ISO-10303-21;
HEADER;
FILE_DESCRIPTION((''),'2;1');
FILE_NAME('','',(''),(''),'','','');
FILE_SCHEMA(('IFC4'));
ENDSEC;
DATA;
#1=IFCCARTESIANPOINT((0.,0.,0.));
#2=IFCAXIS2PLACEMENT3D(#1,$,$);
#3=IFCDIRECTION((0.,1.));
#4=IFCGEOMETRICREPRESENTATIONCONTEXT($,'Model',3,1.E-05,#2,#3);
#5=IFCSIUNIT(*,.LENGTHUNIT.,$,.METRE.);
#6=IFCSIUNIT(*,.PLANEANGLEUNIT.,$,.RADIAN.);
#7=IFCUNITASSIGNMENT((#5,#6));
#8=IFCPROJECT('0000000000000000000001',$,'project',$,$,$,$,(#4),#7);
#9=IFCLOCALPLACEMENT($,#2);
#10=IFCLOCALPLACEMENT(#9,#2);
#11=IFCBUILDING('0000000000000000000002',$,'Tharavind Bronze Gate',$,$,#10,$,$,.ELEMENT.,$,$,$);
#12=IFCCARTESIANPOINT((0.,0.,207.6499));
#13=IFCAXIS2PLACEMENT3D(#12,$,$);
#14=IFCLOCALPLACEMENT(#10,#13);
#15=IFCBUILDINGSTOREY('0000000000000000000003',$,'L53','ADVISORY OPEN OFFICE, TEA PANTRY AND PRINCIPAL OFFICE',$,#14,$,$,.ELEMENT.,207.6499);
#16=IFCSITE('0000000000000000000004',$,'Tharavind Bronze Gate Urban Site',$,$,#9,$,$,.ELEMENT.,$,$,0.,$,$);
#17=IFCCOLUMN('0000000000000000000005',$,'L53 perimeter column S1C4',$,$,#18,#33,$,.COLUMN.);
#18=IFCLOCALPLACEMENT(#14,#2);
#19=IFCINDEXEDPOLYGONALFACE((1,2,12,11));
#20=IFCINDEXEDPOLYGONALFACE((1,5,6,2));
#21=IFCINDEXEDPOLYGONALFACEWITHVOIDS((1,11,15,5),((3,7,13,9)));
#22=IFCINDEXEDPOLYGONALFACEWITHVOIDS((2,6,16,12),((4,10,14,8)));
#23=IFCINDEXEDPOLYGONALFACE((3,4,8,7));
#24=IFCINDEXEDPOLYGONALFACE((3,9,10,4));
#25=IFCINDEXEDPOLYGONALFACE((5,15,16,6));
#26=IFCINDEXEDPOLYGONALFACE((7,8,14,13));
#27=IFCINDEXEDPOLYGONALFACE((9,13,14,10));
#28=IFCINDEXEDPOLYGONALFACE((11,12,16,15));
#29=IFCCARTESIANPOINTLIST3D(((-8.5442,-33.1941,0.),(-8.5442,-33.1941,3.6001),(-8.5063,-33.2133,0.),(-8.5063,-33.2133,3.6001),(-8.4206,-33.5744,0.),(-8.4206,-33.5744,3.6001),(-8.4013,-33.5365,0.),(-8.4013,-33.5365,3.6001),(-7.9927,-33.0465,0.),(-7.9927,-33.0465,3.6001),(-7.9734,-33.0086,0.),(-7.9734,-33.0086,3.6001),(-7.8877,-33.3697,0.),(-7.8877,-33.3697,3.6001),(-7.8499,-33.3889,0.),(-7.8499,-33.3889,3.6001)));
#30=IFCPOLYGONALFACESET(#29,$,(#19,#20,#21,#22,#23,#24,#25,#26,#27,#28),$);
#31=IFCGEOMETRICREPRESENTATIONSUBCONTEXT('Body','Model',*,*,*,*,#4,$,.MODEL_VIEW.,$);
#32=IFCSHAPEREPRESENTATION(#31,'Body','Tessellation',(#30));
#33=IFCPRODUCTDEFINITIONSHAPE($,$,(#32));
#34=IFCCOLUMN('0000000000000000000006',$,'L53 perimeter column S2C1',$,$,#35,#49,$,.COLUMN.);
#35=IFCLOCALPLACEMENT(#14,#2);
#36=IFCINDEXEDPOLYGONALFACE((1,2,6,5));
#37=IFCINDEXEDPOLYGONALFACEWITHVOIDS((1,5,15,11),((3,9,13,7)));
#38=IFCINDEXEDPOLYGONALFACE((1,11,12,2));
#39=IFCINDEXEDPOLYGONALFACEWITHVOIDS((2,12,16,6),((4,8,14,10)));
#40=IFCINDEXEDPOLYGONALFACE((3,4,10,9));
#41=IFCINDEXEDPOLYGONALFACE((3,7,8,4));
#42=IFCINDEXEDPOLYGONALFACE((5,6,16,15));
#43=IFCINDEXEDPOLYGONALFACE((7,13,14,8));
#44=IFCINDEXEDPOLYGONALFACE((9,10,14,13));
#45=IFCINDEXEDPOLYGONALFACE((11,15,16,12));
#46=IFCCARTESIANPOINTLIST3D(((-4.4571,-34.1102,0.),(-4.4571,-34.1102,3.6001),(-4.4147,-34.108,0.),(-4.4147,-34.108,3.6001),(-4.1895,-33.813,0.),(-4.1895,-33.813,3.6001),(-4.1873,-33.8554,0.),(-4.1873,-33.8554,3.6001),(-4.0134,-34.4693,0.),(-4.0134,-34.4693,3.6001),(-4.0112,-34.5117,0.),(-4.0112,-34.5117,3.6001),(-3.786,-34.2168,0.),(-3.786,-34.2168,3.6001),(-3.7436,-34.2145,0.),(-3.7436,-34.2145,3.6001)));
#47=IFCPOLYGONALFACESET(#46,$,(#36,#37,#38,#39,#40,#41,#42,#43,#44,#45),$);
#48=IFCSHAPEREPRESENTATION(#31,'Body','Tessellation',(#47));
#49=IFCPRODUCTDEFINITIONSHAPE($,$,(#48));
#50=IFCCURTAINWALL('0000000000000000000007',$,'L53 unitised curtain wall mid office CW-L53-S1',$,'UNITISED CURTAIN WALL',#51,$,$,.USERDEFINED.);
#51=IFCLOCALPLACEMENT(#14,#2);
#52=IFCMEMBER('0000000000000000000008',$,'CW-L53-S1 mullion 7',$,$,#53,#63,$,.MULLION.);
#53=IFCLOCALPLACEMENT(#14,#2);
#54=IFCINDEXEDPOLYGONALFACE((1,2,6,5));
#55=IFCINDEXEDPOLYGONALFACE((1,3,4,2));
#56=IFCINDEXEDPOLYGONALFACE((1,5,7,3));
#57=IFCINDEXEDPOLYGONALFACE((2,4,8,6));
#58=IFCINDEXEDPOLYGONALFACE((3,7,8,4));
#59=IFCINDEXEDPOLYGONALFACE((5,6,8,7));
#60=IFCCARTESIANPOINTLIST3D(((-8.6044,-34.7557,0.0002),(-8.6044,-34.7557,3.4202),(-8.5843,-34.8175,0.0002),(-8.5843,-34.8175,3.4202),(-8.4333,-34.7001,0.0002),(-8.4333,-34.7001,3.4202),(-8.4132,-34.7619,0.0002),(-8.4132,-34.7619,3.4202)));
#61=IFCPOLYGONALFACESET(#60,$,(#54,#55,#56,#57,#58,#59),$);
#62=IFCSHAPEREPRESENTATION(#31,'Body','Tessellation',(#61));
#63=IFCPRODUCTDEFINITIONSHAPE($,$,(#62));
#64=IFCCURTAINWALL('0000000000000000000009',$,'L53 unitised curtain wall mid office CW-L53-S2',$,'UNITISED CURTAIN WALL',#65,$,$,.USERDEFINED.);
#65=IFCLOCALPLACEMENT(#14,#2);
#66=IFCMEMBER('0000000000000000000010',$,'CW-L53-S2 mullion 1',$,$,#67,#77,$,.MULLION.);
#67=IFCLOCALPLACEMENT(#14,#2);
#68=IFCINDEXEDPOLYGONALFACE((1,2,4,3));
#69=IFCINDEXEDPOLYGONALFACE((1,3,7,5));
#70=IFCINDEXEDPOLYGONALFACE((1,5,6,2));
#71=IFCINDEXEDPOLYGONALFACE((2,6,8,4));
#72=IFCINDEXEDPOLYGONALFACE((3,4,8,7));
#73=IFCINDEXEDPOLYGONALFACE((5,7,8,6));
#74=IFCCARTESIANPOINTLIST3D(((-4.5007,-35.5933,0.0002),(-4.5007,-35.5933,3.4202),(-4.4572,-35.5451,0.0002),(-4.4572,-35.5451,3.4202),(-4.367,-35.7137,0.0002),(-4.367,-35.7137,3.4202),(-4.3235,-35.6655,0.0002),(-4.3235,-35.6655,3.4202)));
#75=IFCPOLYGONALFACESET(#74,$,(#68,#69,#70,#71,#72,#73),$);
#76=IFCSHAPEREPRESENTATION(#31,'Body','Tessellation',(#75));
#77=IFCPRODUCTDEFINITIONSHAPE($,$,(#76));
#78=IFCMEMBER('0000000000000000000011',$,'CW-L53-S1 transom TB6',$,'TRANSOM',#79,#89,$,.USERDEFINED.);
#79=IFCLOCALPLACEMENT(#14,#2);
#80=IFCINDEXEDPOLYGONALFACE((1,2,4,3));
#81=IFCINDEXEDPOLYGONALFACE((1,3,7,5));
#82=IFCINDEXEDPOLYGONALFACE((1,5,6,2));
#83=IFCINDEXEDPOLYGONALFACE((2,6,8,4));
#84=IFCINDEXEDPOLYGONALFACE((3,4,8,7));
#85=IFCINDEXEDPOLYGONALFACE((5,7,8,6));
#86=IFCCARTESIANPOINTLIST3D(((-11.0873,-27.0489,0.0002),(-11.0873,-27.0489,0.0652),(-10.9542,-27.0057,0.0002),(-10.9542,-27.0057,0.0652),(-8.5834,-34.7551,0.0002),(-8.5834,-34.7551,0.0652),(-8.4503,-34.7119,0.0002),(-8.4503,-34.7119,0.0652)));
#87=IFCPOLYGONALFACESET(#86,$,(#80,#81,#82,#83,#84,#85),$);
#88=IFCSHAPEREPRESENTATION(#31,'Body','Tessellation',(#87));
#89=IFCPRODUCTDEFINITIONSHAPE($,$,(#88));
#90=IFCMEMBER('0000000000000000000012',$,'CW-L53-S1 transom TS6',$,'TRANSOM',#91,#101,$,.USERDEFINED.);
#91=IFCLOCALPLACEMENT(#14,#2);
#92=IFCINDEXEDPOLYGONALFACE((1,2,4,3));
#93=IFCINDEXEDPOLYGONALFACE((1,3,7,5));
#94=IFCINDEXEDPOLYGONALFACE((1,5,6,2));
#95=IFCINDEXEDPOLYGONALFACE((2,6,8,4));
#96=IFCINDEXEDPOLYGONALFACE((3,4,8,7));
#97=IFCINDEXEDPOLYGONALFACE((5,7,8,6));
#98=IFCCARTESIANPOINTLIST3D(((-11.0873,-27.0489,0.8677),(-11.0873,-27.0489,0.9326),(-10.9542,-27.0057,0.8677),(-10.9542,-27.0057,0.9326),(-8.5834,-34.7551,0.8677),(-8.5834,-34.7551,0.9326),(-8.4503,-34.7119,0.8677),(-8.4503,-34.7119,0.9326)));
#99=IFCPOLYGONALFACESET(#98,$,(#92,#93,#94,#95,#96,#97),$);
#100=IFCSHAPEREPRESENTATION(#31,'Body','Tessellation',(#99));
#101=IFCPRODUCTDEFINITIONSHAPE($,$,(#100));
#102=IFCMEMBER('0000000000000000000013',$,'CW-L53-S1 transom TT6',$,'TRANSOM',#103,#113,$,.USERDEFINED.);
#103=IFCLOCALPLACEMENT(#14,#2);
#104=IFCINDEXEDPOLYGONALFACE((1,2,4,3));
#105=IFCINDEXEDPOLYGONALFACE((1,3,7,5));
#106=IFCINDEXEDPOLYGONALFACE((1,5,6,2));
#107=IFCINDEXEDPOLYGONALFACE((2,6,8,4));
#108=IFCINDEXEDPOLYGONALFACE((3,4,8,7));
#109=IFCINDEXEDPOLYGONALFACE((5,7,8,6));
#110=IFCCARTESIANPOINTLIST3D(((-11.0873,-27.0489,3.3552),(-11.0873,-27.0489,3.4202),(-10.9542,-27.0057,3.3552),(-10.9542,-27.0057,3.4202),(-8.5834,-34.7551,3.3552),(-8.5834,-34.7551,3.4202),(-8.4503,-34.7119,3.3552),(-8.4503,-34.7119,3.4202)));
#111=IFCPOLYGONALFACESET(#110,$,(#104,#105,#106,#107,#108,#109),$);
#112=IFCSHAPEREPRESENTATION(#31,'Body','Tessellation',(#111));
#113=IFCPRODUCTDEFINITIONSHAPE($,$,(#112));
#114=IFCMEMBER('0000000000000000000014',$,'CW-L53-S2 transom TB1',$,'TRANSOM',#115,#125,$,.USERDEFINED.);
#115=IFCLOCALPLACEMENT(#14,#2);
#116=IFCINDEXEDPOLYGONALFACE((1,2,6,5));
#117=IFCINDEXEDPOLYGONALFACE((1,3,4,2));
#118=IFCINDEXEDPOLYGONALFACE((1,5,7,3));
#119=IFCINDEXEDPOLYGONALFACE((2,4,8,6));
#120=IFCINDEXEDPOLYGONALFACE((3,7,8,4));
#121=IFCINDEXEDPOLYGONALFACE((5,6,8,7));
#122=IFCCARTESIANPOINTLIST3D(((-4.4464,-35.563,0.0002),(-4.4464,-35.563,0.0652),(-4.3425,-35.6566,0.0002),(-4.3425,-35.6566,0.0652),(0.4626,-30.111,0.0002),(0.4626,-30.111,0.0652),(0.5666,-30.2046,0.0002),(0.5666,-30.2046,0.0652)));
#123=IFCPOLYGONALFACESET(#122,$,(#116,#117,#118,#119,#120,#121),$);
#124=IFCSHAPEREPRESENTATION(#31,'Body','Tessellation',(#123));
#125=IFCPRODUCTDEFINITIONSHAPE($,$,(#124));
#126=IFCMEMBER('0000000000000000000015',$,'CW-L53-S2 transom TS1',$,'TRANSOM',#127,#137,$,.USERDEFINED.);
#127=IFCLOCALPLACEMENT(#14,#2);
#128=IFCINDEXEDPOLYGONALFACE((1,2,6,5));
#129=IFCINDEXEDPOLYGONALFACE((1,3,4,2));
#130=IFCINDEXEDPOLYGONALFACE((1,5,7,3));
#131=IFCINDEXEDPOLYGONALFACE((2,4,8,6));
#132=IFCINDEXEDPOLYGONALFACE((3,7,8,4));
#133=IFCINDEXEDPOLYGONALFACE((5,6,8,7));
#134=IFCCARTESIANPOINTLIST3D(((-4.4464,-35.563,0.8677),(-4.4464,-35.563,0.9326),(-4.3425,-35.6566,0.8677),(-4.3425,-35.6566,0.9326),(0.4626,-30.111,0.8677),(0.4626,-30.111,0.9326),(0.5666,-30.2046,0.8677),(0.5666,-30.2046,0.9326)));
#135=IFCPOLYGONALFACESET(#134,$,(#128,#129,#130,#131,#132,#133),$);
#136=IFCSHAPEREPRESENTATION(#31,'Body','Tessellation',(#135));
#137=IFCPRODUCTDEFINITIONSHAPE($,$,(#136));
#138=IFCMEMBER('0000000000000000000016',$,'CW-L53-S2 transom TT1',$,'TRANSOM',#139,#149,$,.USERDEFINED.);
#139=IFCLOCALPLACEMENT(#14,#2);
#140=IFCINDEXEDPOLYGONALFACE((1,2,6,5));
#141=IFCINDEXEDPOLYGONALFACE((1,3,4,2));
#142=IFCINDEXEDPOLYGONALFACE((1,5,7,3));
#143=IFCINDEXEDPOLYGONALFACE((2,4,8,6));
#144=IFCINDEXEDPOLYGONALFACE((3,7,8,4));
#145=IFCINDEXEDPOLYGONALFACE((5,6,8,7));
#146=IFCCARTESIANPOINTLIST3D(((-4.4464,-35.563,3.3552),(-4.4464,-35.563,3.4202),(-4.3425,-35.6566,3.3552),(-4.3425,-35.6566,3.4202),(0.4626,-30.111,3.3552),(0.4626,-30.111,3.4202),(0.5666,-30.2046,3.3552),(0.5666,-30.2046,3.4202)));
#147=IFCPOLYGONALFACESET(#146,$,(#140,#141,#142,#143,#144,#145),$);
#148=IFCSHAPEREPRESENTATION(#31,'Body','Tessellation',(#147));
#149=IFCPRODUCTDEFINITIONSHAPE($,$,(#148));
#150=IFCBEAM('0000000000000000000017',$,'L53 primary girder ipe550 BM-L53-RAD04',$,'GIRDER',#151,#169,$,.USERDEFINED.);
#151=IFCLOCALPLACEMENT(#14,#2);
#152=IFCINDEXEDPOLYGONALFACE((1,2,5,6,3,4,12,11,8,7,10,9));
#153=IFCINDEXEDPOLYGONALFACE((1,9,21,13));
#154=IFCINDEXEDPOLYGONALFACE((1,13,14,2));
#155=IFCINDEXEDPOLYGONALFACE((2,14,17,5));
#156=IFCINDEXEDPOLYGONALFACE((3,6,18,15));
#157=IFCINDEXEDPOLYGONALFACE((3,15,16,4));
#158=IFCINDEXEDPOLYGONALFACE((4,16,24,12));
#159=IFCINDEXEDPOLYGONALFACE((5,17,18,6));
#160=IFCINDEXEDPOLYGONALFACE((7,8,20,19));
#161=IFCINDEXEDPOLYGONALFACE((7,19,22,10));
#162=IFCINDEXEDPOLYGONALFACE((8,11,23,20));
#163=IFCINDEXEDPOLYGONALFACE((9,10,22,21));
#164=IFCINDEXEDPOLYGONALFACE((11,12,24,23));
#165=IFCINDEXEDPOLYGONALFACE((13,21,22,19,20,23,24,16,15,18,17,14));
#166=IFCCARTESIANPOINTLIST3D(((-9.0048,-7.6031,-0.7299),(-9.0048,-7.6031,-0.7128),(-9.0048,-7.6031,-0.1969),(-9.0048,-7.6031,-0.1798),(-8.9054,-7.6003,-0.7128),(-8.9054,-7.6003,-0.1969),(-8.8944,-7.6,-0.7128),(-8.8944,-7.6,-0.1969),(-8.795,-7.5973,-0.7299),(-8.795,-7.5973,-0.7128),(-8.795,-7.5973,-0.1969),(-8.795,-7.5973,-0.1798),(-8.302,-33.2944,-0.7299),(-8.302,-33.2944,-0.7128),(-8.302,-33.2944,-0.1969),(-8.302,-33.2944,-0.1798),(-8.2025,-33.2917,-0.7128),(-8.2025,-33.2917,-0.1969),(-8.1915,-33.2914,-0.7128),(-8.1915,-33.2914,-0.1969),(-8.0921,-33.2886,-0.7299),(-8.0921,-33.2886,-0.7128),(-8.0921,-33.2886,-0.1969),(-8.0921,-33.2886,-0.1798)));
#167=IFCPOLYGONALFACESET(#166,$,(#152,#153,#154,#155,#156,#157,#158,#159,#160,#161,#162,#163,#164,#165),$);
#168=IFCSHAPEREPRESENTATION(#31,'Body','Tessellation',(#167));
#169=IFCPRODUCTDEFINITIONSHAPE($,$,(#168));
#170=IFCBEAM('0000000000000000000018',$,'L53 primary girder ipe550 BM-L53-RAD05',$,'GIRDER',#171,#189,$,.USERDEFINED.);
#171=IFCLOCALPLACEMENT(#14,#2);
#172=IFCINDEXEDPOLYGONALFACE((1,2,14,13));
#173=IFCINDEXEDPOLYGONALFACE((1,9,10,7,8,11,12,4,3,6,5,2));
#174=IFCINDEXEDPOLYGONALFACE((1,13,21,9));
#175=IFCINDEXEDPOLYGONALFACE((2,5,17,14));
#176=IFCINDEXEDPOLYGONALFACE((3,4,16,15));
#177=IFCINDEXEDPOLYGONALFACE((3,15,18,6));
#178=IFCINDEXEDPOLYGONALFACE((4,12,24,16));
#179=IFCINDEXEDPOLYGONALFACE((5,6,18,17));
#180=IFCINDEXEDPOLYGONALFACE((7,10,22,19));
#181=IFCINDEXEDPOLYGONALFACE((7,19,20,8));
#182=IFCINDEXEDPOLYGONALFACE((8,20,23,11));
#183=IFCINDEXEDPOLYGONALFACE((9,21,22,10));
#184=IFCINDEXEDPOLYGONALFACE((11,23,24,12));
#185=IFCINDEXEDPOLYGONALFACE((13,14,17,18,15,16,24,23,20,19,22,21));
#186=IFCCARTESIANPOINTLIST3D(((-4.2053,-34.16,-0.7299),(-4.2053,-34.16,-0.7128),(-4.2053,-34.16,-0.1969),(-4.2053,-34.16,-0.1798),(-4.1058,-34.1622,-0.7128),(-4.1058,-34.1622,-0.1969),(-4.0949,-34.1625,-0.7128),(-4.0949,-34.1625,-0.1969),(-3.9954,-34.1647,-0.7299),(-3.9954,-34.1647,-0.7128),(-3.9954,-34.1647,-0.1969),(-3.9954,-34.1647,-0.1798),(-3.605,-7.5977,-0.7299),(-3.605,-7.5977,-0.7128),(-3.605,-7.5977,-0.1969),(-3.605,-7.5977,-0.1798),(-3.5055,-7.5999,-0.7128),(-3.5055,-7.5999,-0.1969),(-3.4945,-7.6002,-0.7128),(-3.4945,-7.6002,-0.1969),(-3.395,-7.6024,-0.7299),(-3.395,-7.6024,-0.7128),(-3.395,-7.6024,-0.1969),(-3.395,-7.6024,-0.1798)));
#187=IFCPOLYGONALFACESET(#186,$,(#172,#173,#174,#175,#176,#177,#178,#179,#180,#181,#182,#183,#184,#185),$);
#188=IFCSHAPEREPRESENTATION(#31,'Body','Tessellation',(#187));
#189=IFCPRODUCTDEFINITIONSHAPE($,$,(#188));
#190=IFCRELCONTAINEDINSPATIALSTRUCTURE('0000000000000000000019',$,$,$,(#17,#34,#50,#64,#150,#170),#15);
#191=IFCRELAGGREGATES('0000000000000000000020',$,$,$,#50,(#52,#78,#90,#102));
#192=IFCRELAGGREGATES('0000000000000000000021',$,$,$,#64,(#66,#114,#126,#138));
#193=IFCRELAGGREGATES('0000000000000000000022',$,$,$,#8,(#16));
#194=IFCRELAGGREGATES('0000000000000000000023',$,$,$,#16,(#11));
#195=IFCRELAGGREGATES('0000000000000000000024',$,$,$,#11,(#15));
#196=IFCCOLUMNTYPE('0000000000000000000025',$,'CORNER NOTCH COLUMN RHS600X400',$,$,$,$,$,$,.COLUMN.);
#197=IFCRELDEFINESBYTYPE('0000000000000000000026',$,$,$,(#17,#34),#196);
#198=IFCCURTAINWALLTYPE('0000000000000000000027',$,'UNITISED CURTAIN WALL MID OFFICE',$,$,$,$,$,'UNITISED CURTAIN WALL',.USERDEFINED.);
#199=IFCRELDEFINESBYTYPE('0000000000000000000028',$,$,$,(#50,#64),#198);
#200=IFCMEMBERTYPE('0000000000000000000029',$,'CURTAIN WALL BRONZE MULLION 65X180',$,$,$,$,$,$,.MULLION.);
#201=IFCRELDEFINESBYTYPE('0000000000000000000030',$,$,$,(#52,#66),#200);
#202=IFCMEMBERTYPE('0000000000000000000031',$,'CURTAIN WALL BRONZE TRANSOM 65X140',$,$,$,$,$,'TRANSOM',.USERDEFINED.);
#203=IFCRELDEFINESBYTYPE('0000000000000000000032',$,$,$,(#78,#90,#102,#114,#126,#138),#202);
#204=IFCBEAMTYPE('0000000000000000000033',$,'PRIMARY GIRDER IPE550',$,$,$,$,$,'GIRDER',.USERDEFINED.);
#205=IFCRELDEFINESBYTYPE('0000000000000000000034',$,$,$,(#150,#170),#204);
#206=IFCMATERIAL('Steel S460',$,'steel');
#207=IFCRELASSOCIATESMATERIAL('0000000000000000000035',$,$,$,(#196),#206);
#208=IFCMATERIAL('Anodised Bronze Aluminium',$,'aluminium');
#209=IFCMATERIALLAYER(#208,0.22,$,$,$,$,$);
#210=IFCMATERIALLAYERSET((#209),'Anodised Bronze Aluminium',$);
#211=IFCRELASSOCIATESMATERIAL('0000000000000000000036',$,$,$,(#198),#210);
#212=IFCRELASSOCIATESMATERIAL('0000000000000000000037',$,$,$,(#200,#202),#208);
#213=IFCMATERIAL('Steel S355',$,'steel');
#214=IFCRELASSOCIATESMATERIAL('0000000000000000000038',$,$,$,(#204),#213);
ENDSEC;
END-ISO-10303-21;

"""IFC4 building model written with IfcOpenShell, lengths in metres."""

from ifc_helpers import new_model, si_unit, direction, frame, origin, origin_2d, place, context, subcontext, project, spatial, rectangle, hollow_rectangle, i_section, extrude, material, layer, layer_set, material_profile, profile_set, type_object, element, aggregate, save


model = new_model("IFC4")

# Units and contexts
model_context = context("Model", 3, precision=1e-05, world=origin(), true_north=direction((0.0, 1.0)))
body_context = subcontext(model_context, "Body", "Model", "MODEL_VIEW")
ifc_project = project(units=[si_unit("LENGTHUNIT", "METRE"), si_unit("PLANEANGLEUNIT", "RADIAN")], contexts=[model_context])

# Site, building, storey
site_placement = place(None, origin())
site = spatial("IfcSite", under=ifc_project, at=site_placement, Name="Tharavind Bronze Gate Urban Site", CompositionType="ELEMENT", RefElevation=0.0)
building_placement = place(site_placement, origin())
building = spatial("IfcBuilding", under=site, at=building_placement, Name="Tharavind Bronze Gate", CompositionType="ELEMENT")
storey_placement = place(building_placement, frame((0.0, 0.0, 207.6499)))
storey = spatial("IfcBuildingStorey", under=building, at=storey_placement, Name="L53", Description="ADVISORY OPEN OFFICE, TEA PANTRY AND PRINCIPAL OFFICE", CompositionType="ELEMENT", Elevation=207.6499)

# Columns
ifc_material_1 = material(Name="Steel S460", Category="steel")
ifc_material_profile_1 = material_profile(ifc_material_1, hollow_rectangle(XDim=0.3999, YDim=0.6001, WallThickness=0.03, at=origin_2d()), Name="RHS600X400X30")
ifc_profile_set_1 = profile_set([ifc_material_profile_1], Name="Steel S460")
column_type = type_object("IfcColumnType", Name="CORNER NOTCH COLUMN RHS600X400", PredefinedType="COLUMN", material=ifc_profile_set_1)
for number, where, z_axis, x_axis, name in (
    (1, (-8.197, -33.2915, 0.0), (0.0, 0.0, 1.0), (-0.309017, 0.951057, 0.0), "L53 perimeter column S1C4"),
    (2, (-4.1003, -34.1624, 0.0), (0.0, 0.0, 1.0), (0.669131, 0.743145, 0.0), "L53 perimeter column S2C1"),
):
    element("IfcColumn", number, at=place(storey_placement, frame(where, z_axis=z_axis, x_axis=x_axis)), inside=storey, type_object=column_type, Name=name, PredefinedType="COLUMN", context=body_context, shape_type="SweptSolid", body=[
        extrude(hollow_rectangle(XDim=0.3999, YDim=0.6001, WallThickness=0.03, at=origin_2d()), origin(), (0.0, 0.0, 1.0), 3.6001),
    ])

# Curtain walls, members
ifc_material_2 = material(Name="Anodised Bronze Aluminium", Category="aluminium")
ifc_layer_1 = layer(ifc_material_2, 0.22)
ifc_layer_set_1 = layer_set([ifc_layer_1], Name="Anodised Bronze Aluminium")
curtain_wall_type = type_object("IfcCurtainWallType", Name="UNITISED CURTAIN WALL MID OFFICE", ElementType="UNITISED CURTAIN WALL", PredefinedType="USERDEFINED", material=ifc_layer_set_1)
curtain_wall_1_placement = place(storey_placement, origin())
curtain_wall_1 = element("IfcCurtainWall", 3, at=curtain_wall_1_placement, inside=storey, type_object=curtain_wall_type, Name="L53 unitised curtain wall mid office CW-L53-S1", ObjectType="UNITISED CURTAIN WALL", PredefinedType="USERDEFINED")
member_type_1 = type_object("IfcMemberType", Name="CURTAIN WALL BRONZE MULLION 65X180", PredefinedType="MULLION", material=ifc_material_2)
member_1_placement = place(storey_placement, frame((-8.5088, -34.7588, 0.0002), z_axis=(0.0, 0.0, 1.0), x_axis=(0.309017, -0.951057, 0.0)))
member_1 = element("IfcMember", 4, at=member_1_placement, type_object=member_type_1, Name="CW-L53-S1 mullion 7", PredefinedType="MULLION", context=body_context, shape_type="SweptSolid", body=[
    extrude(rectangle(XDim=0.0649, YDim=0.1799, at=origin_2d()), origin(), (0.0, 0.0, 1.0), 3.4199),
])
curtain_wall_2_placement = place(storey_placement, origin())
curtain_wall_2 = element("IfcCurtainWall", 5, at=curtain_wall_2_placement, inside=storey, type_object=curtain_wall_type, Name="L53 unitised curtain wall mid office CW-L53-S2", ObjectType="UNITISED CURTAIN WALL", PredefinedType="USERDEFINED")
member_2_placement = place(storey_placement, frame((-4.4121, -35.6294, 0.0002), z_axis=(0.0, 0.0, 1.0), x_axis=(0.669131, 0.743145, 0.0)))
member_2 = element("IfcMember", 6, at=member_2_placement, type_object=member_type_1, Name="CW-L53-S2 mullion 1", PredefinedType="MULLION", context=body_context, shape_type="SweptSolid", body=[
    extrude(rectangle(XDim=0.0649, YDim=0.1799, at=origin_2d()), origin(), (0.0, 0.0, 1.0), 3.4199),
])

# Members
member_type_2 = type_object("IfcMemberType", Name="CURTAIN WALL BRONZE TRANSOM 65X140", ElementType="TRANSOM", PredefinedType="USERDEFINED", material=ifc_material_2)
member_3_placement = place(storey_placement, frame((-9.7688, -30.8804, 0.0002), z_axis=(0.0, 0.0, 1.0), x_axis=(0.309017, -0.951057, 0.0)))
member_3 = element("IfcMember", 7, at=member_3_placement, type_object=member_type_2, Name="CW-L53-S1 transom TB6", ObjectType="TRANSOM", PredefinedType="USERDEFINED", context=body_context, shape_type="SweptSolid", body=[
    extrude(rectangle(XDim=8.1028, YDim=0.1399, at=origin_2d()), origin(), (0.0, 0.0, 1.0), 0.0649),
])
member_4_placement = place(storey_placement, frame((-9.7688, -30.8804, 0.8677), z_axis=(0.0, 0.0, 1.0), x_axis=(0.309017, -0.951057, 0.0)))
member_4 = element("IfcMember", 8, at=member_4_placement, type_object=member_type_2, Name="CW-L53-S1 transom TS6", ObjectType="TRANSOM", PredefinedType="USERDEFINED", context=body_context, shape_type="SweptSolid", body=[
    extrude(rectangle(XDim=8.1028, YDim=0.1399, at=origin_2d()), origin(), (0.0, 0.0, 1.0), 0.0649),
])
member_5_placement = place(storey_placement, frame((-9.7688, -30.8804, 3.3552), z_axis=(0.0, 0.0, 1.0), x_axis=(0.309017, -0.951057, 0.0)))
member_5 = element("IfcMember", 9, at=member_5_placement, type_object=member_type_2, Name="CW-L53-S1 transom TT6", ObjectType="TRANSOM", PredefinedType="USERDEFINED", context=body_context, shape_type="SweptSolid", body=[
    extrude(rectangle(XDim=8.1028, YDim=0.1399, at=origin_2d()), origin(), (0.0, 0.0, 1.0), 0.0649),
])
member_6_placement = place(storey_placement, frame((-1.9399, -32.8838, 0.0002), z_axis=(0.0, 0.0, 1.0), x_axis=(0.669131, 0.743145, 0.0)))
member_6 = element("IfcMember", 10, at=member_6_placement, type_object=member_type_2, Name="CW-L53-S2 transom TB1", ObjectType="TRANSOM", PredefinedType="USERDEFINED", context=body_context, shape_type="SweptSolid", body=[
    extrude(rectangle(XDim=7.3364, YDim=0.1399, at=origin_2d()), origin(), (0.0, 0.0, 1.0), 0.0649),
])
member_7_placement = place(storey_placement, frame((-1.9399, -32.8838, 0.8677), z_axis=(0.0, 0.0, 1.0), x_axis=(0.669131, 0.743145, 0.0)))
member_7 = element("IfcMember", 11, at=member_7_placement, type_object=member_type_2, Name="CW-L53-S2 transom TS1", ObjectType="TRANSOM", PredefinedType="USERDEFINED", context=body_context, shape_type="SweptSolid", body=[
    extrude(rectangle(XDim=7.3364, YDim=0.1399, at=origin_2d()), origin(), (0.0, 0.0, 1.0), 0.0649),
])
member_8_placement = place(storey_placement, frame((-1.9399, -32.8838, 3.3552), z_axis=(0.0, 0.0, 1.0), x_axis=(0.669131, 0.743145, 0.0)))
member_8 = element("IfcMember", 12, at=member_8_placement, type_object=member_type_2, Name="CW-L53-S2 transom TT1", ObjectType="TRANSOM", PredefinedType="USERDEFINED", context=body_context, shape_type="SweptSolid", body=[
    extrude(rectangle(XDim=7.3364, YDim=0.1399, at=origin_2d()), origin(), (0.0, 0.0, 1.0), 0.0649),
])

# Beams
ifc_material_3 = material(Name="Steel S355", Category="steel")
ifc_material_profile_2 = material_profile(ifc_material_3, i_section(OverallWidth=0.21, OverallDepth=0.55, WebThickness=0.011, FlangeThickness=0.0171, at=origin_2d()), Name="IPE550")
ifc_profile_set_2 = profile_set([ifc_material_profile_2], Name="Steel S355")
beam_type_1 = type_object("IfcBeamType", Name="PRIMARY GIRDER IPE550", ElementType="GIRDER", PredefinedType="USERDEFINED", material=ifc_profile_set_2)
beam_1_placement = place(storey_placement, frame((-8.197, -33.2915, -0.4548), z_axis=(-0.027348, 0.999626, 0.0), x_axis=(-0.999626, -0.027348, 0.0)))
element("IfcBeam", 13, at=beam_1_placement, inside=storey, type_object=beam_type_1, Name="L53 primary girder ipe550 BM-L53-RAD04", ObjectType="GIRDER", PredefinedType="USERDEFINED", context=body_context, shape_type="SweptSolid", body=[
    extrude(i_section(OverallWidth=0.21, OverallDepth=0.55, WebThickness=0.011, FlangeThickness=0.0171, at=origin_2d()), origin(), (0.0, 0.0, 1.0), 25.7009),
])
beam_2_placement = place(storey_placement, frame((-4.1003, -34.1624, -0.4548), z_axis=(0.022596, 0.999745, 0.0), x_axis=(-0.999745, 0.022596, 0.0)))
element("IfcBeam", 14, at=beam_2_placement, inside=storey, type_object=beam_type_1, Name="L53 primary girder ipe550 BM-L53-RAD05", ObjectType="GIRDER", PredefinedType="USERDEFINED", context=body_context, shape_type="SweptSolid", body=[
    extrude(i_section(OverallWidth=0.21, OverallDepth=0.55, WebThickness=0.011, FlangeThickness=0.0171, at=origin_2d()), origin(), (0.0, 0.0, 1.0), 26.5691),
])

aggregate(curtain_wall_1, [member_1, member_3, member_4, member_5])
aggregate(curtain_wall_2, [member_2, member_6, member_7, member_8])

save(model, "model.ifc")
